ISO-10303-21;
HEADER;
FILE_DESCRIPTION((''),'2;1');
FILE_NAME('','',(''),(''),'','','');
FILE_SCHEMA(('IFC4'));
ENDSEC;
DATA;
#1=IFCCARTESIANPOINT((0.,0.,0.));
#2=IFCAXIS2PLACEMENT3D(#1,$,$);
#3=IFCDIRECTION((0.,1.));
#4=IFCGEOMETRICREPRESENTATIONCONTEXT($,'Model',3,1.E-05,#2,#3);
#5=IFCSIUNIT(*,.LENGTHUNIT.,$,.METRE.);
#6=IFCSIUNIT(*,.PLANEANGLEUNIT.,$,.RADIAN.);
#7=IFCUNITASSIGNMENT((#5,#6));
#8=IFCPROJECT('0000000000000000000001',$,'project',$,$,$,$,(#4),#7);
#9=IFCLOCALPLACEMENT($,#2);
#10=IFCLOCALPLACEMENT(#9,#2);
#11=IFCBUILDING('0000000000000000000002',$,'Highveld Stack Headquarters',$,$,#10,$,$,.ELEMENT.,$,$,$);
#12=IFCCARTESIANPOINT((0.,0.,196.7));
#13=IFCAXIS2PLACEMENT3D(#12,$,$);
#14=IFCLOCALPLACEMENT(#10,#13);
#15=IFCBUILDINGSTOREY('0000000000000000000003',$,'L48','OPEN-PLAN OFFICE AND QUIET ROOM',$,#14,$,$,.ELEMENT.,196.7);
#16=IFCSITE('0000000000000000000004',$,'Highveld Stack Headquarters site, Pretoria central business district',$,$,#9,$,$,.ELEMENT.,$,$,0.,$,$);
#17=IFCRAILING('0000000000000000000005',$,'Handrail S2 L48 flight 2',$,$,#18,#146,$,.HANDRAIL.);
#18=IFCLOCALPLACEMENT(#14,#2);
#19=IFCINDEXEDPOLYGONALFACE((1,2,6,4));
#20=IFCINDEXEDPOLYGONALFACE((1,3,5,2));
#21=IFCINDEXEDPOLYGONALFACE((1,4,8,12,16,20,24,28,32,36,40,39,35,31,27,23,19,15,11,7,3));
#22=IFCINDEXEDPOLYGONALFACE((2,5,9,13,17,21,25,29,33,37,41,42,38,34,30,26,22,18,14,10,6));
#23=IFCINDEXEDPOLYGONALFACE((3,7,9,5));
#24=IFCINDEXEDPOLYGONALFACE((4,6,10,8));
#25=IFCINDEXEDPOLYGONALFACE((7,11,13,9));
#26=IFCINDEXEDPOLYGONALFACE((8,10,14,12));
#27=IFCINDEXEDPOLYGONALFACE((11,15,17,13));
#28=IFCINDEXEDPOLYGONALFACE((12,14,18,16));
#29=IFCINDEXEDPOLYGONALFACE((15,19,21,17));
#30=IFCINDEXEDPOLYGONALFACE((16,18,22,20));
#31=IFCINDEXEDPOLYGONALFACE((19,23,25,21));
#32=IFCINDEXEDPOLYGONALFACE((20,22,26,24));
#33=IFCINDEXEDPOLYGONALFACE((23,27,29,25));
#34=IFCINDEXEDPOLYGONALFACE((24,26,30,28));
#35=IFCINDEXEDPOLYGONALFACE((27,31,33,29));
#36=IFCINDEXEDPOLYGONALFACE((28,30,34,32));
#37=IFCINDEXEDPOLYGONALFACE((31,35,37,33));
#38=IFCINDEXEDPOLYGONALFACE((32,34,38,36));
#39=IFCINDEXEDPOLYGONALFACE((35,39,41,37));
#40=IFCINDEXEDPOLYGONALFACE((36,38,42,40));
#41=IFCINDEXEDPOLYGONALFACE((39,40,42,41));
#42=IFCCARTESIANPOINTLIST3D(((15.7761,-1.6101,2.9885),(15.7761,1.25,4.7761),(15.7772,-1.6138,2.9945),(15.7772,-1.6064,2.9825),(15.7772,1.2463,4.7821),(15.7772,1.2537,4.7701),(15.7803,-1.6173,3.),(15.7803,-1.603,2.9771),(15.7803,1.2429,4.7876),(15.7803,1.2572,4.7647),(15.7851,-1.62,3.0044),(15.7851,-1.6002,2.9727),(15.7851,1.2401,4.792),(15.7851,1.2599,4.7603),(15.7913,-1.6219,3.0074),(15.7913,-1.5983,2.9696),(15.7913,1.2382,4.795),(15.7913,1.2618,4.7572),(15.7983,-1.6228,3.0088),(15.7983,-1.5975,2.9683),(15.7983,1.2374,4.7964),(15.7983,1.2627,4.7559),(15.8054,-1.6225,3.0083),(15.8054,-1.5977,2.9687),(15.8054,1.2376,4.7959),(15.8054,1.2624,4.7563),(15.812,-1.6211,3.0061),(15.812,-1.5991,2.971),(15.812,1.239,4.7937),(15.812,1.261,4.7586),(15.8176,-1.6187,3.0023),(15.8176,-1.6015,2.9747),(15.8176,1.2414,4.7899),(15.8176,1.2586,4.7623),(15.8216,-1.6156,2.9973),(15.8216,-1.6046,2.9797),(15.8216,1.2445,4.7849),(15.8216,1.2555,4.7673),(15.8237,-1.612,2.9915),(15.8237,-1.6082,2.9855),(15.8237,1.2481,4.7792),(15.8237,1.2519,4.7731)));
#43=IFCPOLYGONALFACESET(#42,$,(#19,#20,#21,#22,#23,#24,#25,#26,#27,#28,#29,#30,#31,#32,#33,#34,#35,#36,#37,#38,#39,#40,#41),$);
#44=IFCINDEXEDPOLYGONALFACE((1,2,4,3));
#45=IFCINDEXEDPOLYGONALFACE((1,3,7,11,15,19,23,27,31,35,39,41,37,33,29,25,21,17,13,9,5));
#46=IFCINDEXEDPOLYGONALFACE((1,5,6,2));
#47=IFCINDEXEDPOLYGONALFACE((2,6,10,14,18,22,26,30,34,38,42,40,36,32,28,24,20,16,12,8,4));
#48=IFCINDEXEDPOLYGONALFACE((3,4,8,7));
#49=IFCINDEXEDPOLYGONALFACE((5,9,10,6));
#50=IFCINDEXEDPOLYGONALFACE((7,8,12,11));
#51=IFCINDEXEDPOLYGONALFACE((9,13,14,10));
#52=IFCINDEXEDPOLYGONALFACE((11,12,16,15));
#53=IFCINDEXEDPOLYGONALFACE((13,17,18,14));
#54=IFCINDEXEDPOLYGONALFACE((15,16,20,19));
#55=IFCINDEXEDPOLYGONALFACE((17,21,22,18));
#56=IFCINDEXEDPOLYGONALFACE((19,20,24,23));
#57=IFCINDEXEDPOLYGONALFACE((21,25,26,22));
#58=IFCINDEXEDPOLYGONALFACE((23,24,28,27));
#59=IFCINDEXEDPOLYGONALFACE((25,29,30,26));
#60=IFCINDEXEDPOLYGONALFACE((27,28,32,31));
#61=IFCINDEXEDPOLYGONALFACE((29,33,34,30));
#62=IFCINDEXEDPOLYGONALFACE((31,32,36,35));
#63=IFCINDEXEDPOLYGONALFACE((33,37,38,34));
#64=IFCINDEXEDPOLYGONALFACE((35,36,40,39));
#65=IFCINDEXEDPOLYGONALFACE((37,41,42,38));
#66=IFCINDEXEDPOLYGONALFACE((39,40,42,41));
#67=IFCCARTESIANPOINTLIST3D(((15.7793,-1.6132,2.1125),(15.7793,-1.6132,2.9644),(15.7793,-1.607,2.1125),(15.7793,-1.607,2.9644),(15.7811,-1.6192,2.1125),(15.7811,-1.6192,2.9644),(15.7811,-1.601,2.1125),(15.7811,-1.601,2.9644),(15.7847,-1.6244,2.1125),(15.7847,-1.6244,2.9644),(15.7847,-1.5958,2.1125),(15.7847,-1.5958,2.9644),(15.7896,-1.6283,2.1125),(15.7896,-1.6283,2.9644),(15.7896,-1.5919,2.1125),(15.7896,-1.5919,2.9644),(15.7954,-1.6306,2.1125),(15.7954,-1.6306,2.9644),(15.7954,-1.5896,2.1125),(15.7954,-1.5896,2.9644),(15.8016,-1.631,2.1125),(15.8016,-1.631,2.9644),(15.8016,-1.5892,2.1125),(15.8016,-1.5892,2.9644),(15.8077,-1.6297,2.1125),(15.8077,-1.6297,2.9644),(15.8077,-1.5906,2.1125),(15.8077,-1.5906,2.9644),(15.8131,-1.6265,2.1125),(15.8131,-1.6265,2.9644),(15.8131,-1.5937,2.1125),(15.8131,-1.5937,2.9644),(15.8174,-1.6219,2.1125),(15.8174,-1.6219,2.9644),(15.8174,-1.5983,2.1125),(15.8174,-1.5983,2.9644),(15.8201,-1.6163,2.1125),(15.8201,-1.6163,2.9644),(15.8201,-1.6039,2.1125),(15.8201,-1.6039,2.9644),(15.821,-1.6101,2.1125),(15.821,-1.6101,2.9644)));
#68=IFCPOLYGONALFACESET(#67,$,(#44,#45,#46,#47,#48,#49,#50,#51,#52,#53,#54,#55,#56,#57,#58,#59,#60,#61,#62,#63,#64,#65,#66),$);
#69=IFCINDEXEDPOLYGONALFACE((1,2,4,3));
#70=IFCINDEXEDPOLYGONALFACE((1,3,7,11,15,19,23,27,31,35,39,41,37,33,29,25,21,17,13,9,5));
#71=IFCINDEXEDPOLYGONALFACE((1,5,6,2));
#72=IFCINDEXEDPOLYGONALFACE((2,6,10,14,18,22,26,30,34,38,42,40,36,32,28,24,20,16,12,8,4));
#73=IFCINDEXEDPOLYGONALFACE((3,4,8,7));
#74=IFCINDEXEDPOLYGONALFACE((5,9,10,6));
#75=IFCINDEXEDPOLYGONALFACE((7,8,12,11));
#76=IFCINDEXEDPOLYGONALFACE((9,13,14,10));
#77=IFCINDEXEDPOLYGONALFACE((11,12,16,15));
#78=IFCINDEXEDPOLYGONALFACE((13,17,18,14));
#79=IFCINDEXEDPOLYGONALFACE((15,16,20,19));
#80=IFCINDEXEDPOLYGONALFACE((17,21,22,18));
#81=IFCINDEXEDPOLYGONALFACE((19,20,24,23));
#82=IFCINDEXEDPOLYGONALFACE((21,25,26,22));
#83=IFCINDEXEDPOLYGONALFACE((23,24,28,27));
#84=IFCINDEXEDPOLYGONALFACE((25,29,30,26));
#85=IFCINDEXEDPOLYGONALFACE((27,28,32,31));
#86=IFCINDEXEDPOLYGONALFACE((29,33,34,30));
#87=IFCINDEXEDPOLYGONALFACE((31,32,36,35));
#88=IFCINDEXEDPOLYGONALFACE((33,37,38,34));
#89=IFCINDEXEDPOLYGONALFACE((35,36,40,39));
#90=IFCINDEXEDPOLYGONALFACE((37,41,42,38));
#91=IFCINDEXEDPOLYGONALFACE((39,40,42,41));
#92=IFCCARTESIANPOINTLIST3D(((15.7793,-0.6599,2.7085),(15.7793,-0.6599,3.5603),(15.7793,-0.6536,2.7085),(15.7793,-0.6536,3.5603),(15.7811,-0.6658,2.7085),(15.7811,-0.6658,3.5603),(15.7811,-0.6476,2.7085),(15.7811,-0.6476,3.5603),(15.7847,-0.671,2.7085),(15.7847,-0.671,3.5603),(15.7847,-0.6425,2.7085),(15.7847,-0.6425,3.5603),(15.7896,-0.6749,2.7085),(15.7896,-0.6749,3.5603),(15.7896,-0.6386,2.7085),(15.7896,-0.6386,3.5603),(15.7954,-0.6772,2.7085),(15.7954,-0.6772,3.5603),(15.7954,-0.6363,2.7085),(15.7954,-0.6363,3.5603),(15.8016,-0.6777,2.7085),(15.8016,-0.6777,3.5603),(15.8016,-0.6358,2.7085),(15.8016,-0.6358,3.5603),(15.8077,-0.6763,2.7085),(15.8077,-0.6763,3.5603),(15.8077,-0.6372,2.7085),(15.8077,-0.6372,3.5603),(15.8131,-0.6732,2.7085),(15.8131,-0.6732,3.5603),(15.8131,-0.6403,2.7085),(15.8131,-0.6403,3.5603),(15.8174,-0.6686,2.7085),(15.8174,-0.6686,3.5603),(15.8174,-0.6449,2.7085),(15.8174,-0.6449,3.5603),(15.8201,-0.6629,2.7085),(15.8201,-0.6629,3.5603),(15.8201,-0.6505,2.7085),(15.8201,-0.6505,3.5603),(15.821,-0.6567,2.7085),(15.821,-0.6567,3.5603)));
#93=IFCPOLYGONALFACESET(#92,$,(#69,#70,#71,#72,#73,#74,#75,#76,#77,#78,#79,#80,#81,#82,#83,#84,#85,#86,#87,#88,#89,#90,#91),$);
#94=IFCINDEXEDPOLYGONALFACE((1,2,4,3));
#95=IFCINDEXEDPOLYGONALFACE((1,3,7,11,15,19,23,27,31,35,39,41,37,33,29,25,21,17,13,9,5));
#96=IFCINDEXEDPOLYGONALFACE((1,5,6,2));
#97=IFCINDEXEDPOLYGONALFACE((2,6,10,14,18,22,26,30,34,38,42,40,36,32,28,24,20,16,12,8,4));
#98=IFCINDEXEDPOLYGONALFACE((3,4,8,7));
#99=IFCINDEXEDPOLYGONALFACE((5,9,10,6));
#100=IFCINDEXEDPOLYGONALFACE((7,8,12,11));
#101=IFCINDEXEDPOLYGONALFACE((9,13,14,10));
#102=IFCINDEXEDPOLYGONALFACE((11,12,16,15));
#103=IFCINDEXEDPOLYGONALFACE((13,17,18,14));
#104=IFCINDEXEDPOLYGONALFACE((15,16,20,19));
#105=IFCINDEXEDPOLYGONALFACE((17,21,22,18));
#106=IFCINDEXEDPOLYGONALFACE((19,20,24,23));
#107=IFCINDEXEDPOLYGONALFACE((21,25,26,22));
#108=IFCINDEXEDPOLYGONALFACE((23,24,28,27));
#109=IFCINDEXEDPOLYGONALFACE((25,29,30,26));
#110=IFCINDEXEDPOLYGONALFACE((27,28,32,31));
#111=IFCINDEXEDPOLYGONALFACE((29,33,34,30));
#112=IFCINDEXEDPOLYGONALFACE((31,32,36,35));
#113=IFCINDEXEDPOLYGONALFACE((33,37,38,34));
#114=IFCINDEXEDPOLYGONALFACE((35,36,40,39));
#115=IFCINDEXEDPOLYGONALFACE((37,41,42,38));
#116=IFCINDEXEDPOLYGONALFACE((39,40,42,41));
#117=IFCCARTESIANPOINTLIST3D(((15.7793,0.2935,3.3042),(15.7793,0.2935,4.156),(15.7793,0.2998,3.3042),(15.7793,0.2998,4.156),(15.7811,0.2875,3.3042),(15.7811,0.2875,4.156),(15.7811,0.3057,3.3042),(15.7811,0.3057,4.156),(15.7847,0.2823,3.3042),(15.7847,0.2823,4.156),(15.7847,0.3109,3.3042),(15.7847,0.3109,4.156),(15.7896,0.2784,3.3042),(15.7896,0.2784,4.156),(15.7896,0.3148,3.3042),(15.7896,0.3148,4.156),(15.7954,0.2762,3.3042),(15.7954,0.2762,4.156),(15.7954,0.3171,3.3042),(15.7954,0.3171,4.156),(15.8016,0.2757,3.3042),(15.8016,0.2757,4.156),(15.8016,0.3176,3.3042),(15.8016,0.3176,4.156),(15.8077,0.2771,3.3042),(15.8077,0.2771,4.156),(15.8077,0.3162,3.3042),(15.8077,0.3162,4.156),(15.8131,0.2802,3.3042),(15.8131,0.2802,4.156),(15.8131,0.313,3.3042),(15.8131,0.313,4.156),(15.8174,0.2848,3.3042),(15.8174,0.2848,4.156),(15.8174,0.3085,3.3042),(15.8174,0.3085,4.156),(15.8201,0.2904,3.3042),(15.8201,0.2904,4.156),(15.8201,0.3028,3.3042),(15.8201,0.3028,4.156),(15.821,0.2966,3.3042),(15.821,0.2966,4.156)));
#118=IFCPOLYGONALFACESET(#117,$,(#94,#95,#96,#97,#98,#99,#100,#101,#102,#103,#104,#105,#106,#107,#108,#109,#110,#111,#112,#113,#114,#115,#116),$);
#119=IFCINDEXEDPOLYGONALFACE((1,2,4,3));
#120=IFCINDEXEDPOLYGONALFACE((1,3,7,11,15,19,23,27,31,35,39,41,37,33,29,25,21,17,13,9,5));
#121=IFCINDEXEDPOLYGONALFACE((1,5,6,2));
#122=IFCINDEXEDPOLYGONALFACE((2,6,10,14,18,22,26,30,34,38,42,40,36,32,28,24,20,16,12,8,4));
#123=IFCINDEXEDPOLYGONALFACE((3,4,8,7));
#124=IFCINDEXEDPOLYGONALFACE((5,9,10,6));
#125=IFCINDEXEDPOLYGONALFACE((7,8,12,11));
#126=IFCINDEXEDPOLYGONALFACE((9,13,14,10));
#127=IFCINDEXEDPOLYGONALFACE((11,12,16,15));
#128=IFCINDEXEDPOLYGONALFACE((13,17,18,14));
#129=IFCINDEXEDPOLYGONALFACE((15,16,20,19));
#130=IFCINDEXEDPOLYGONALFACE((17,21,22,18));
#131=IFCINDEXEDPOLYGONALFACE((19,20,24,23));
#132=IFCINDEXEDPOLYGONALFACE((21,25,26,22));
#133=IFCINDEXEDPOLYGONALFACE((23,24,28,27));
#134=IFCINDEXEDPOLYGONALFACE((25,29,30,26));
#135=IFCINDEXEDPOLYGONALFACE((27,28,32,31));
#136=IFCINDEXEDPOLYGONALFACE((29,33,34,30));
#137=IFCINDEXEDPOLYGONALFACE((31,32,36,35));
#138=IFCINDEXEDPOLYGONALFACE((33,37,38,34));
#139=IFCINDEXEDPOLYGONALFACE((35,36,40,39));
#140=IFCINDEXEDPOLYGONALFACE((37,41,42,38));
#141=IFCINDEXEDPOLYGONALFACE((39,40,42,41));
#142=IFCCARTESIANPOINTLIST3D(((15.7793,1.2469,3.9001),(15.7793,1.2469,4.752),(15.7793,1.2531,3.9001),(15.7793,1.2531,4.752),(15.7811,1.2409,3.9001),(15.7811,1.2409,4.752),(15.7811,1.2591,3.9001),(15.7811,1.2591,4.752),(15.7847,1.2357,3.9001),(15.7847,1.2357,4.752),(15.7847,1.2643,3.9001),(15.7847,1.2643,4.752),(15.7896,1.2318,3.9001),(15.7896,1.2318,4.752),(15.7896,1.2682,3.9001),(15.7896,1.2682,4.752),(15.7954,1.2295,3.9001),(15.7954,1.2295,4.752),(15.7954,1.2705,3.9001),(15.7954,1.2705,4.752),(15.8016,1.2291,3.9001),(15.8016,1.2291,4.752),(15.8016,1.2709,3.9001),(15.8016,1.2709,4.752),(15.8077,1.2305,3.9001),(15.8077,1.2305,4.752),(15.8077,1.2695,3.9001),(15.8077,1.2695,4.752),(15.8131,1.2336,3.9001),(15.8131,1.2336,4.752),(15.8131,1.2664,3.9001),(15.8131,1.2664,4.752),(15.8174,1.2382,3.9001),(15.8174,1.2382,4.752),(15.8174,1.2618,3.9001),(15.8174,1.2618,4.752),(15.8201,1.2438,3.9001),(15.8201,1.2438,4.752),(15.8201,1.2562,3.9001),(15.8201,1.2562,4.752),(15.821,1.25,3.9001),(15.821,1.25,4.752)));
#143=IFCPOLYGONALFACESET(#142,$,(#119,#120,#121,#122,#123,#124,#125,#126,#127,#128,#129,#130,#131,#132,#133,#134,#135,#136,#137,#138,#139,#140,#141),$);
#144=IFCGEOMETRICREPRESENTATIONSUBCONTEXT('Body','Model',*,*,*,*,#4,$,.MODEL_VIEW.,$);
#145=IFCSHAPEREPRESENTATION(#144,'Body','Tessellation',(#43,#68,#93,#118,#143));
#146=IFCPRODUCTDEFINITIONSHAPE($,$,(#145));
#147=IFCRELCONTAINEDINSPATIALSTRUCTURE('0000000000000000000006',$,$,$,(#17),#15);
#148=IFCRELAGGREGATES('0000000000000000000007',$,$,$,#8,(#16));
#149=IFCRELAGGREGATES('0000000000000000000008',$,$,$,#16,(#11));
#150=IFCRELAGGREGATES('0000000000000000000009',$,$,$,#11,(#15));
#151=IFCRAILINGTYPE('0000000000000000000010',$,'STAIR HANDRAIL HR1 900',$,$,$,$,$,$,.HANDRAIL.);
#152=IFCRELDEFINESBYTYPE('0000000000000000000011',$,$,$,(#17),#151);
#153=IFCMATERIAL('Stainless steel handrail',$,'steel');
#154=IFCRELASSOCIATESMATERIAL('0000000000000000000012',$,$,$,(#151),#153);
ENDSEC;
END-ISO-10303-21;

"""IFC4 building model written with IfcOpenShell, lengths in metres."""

from ifc_helpers import new_model, si_unit, direction, frame, origin, origin_2d, place, context, subcontext, project, spatial, circle, extrude, material, type_object, element, save


model = new_model("IFC4")

# Units and contexts
model_context = context("Model", 3, precision=1e-05, world=origin(), true_north=direction((0.0, 1.0)))
body_context = subcontext(model_context, "Body", "Model", "MODEL_VIEW")
ifc_project = project(units=[si_unit("LENGTHUNIT", "METRE"), si_unit("PLANEANGLEUNIT", "RADIAN")], contexts=[model_context])

# Site, building, storey
site_placement = place(None, origin())
site = spatial("IfcSite", under=ifc_project, at=site_placement, Name="Highveld Stack Headquarters site, Pretoria central business district", CompositionType="ELEMENT", RefElevation=0.0)
building_placement = place(site_placement, origin())
building = spatial("IfcBuilding", under=site, at=building_placement, Name="Highveld Stack Headquarters", CompositionType="ELEMENT")
storey_placement = place(building_placement, frame((0.0, 0.0, 196.7)))
storey = spatial("IfcBuildingStorey", under=building, at=storey_placement, Name="L48", Description="OPEN-PLAN OFFICE AND QUIET ROOM", CompositionType="ELEMENT", Elevation=196.7)

# Railing
ifc_material_1 = material(Name="Stainless steel handrail", Category="steel")
railing_type = type_object("IfcRailingType", Name="STAIR HANDRAIL HR1 900", PredefinedType="HANDRAIL", material=ifc_material_1)
railing_placement = place(storey_placement, frame((15.8, -1.6101, 2.1125)))
element("IfcRailing", 1, at=railing_placement, inside=storey, type_object=railing_type, Name="Handrail S2 L48 flight 2", PredefinedType="HANDRAIL", context=body_context, shape_type="SweptSolid", body=[
    extrude(circle(Radius=0.0239, at=origin_2d()), frame((0.0, 0.0, 0.876), z_axis=(0.0, 0.847994, 0.530005), x_axis=(-1.0, 0.0, 0.0)), (0.0, 0.0, 1.0), 3.3728),
    extrude(circle(Radius=0.021, at=origin_2d()), origin(), (0.0, 0.0, 1.0), 0.8518),
    extrude(circle(Radius=0.021, at=origin_2d()), frame((0.0, 0.9534, 0.5959)), (0.0, 0.0, 1.0), 0.8518),
    extrude(circle(Radius=0.021, at=origin_2d()), frame((0.0, 1.9067, 1.1917)), (0.0, 0.0, 1.0), 0.8518),
    extrude(circle(Radius=0.021, at=origin_2d()), frame((0.0, 2.8601, 1.7876)), (0.0, 0.0, 1.0), 0.8518),
])

save(model, "model.ifc")
